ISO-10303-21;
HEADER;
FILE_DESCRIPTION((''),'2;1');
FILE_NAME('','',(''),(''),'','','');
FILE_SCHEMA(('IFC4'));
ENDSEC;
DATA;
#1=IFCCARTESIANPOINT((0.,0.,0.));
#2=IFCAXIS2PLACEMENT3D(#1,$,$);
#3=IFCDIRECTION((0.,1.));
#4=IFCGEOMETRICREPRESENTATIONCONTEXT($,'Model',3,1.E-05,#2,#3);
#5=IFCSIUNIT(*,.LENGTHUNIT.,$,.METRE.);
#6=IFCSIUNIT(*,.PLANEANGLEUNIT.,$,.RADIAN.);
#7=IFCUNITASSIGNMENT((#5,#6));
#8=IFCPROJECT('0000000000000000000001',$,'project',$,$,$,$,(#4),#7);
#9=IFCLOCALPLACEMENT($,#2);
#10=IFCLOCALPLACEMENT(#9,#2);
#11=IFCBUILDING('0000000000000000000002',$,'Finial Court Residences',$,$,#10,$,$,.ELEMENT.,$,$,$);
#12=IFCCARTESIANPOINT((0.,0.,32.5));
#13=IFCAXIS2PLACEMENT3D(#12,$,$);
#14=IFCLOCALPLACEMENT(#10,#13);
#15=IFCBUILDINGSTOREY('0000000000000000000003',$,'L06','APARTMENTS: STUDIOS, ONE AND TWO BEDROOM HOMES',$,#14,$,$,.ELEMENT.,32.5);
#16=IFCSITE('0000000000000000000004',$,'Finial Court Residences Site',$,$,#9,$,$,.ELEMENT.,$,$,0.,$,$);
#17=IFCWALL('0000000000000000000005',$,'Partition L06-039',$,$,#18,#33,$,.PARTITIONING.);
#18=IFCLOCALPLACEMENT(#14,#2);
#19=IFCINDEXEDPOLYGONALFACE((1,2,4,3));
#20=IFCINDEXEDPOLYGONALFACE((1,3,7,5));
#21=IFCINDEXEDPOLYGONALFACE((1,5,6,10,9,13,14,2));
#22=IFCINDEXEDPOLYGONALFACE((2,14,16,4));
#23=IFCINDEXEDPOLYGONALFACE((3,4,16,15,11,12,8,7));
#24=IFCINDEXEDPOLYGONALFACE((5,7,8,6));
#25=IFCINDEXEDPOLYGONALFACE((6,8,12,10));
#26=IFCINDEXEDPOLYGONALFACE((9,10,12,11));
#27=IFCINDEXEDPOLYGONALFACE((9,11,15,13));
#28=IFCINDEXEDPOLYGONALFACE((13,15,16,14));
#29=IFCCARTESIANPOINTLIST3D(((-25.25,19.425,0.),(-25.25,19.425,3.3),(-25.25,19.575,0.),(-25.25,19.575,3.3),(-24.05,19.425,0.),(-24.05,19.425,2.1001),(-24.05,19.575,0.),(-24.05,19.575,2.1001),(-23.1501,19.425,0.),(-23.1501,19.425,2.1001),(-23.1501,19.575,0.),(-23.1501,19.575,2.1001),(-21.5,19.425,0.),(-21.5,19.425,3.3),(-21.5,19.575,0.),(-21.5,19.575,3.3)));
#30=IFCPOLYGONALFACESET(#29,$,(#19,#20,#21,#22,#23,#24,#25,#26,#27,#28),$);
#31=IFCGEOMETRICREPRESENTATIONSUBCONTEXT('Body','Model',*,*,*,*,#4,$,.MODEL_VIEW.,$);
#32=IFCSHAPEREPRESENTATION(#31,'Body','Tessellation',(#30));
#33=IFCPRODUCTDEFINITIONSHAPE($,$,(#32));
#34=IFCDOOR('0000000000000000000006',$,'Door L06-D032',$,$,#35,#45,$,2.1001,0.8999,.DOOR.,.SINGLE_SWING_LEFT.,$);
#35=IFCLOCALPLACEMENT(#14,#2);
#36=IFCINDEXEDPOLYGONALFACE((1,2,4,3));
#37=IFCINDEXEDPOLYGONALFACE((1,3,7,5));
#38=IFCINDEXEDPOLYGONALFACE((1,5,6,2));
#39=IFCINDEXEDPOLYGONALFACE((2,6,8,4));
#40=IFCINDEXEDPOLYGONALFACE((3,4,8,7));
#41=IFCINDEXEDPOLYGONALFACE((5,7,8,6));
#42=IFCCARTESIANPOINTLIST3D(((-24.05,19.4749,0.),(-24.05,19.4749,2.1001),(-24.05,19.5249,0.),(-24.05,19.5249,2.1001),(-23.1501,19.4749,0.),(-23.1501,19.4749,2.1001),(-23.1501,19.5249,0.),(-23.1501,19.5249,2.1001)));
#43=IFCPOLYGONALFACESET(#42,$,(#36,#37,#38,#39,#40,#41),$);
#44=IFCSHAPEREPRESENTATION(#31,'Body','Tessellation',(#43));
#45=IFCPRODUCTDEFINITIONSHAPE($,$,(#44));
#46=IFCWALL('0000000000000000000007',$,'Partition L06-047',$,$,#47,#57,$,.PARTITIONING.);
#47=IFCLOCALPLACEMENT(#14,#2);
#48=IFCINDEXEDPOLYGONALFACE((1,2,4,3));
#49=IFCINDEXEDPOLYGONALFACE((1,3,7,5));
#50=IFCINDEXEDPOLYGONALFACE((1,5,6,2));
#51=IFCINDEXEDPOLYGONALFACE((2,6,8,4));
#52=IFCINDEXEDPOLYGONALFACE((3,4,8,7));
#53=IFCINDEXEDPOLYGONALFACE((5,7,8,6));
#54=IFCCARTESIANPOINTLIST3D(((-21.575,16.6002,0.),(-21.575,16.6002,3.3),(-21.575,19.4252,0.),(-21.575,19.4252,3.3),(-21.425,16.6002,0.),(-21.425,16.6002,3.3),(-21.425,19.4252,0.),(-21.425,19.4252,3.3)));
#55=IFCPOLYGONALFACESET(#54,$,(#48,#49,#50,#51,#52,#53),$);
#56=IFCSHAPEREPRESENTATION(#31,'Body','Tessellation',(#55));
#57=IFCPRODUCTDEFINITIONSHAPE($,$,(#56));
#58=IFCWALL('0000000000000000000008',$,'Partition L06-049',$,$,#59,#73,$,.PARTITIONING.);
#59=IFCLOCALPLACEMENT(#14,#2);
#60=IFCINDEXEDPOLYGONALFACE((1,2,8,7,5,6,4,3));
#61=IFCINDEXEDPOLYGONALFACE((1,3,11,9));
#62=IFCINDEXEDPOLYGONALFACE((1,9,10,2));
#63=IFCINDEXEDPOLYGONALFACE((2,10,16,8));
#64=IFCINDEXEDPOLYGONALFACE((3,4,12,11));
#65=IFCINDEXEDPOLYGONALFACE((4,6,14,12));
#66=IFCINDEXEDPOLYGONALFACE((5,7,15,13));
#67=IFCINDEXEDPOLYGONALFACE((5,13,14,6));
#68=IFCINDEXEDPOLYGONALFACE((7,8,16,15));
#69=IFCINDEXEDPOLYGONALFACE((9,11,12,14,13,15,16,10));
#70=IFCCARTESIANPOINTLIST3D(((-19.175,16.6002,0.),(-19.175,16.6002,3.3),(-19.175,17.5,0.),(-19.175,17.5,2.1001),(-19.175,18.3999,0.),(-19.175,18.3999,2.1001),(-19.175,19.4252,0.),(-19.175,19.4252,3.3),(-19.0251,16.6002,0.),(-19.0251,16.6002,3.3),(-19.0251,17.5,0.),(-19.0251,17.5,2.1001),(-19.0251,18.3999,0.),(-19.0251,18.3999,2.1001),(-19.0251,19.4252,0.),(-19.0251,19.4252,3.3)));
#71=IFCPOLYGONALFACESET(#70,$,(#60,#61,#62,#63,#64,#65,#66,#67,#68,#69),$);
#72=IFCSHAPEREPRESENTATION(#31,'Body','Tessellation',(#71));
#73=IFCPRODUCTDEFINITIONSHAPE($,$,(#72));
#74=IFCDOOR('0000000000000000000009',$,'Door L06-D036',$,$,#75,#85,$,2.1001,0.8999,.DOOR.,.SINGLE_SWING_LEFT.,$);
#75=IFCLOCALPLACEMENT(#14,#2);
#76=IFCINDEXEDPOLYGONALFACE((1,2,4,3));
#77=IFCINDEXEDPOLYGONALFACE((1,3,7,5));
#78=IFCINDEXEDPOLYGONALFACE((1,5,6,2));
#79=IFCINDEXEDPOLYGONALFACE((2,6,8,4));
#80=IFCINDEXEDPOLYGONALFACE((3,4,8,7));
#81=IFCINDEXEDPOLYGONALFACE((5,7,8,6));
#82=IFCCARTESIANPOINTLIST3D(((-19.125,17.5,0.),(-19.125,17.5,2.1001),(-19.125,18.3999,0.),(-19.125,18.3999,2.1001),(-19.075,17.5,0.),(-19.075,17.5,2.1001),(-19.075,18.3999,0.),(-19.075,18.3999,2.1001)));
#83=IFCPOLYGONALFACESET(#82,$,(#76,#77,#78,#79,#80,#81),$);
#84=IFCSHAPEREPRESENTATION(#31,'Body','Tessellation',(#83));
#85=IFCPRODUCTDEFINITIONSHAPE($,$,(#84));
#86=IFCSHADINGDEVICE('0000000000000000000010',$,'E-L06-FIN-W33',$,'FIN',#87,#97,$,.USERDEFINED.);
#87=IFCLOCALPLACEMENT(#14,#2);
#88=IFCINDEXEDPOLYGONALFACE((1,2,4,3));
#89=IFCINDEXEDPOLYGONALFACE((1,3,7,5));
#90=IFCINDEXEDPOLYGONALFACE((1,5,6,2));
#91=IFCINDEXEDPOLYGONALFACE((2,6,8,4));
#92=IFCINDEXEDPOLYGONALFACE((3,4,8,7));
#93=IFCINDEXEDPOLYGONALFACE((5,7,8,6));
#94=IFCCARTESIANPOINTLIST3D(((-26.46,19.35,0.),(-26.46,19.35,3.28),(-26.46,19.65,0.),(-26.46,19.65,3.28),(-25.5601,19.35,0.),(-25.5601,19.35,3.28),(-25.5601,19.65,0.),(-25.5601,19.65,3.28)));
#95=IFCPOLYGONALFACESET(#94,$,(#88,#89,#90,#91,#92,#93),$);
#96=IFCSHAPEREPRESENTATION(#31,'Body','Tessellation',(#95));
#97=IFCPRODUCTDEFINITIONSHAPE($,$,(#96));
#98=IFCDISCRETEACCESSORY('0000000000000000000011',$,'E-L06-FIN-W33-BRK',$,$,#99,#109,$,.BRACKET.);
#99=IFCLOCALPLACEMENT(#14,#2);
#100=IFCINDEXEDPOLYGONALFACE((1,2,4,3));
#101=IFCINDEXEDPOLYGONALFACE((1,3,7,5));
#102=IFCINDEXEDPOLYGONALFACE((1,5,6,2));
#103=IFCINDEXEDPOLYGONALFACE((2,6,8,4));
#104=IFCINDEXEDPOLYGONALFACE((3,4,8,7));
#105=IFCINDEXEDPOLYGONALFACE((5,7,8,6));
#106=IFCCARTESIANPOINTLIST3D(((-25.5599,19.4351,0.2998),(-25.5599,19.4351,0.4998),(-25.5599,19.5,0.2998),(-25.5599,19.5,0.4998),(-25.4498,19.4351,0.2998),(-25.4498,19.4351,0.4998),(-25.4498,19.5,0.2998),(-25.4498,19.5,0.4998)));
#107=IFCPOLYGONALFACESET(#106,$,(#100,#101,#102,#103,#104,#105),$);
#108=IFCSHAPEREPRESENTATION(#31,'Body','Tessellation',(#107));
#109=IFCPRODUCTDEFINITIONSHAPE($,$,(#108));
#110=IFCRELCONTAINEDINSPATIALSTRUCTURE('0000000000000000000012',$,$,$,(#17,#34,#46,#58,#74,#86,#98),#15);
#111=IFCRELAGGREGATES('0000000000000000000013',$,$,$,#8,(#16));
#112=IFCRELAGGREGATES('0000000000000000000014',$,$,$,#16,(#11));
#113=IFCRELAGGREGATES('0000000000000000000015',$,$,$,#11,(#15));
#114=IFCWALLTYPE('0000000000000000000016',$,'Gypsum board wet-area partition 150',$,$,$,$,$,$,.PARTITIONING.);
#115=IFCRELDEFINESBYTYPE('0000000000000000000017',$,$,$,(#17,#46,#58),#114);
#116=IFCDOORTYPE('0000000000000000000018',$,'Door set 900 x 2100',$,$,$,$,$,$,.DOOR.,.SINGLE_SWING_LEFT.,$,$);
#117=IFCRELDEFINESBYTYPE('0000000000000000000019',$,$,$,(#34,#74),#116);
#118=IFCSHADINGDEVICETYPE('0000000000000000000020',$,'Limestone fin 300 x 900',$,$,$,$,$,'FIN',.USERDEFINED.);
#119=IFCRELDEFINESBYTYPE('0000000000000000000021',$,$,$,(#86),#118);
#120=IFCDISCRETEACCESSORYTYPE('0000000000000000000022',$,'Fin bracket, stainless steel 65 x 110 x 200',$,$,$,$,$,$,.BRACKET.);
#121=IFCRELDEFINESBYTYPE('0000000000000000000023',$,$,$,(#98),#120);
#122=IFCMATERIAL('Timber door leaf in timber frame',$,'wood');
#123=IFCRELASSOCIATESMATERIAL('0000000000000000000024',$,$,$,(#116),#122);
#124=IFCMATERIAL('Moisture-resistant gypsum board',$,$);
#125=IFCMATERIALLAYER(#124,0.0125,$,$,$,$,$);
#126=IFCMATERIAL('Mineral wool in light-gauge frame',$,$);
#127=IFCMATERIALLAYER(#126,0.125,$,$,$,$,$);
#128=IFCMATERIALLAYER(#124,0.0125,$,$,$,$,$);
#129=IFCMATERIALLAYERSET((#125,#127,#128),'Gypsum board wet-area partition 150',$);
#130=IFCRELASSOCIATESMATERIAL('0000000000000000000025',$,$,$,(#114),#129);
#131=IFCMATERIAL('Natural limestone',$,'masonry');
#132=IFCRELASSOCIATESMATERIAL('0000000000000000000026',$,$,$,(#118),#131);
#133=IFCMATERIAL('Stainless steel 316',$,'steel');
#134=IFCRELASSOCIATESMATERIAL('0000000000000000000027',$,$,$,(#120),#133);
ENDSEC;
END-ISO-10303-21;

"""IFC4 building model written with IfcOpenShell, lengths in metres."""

from ifc_helpers import new_model, si_unit, direction, frame, frame_2d, origin, origin_2d, place, context, subcontext, project, spatial, rectangle, extrude, material, layer, layer_set, type_object, element, fill, save


model = new_model("IFC4")

# Units and contexts
model_context = context("Model", 3, precision=1e-05, world=origin(), true_north=direction((0.0, 1.0)))
body_context = subcontext(model_context, "Body", "Model", "MODEL_VIEW")
ifc_project = project(units=[si_unit("LENGTHUNIT", "METRE"), si_unit("PLANEANGLEUNIT", "RADIAN")], contexts=[model_context])

# Site, building, storey
site_placement = place(None, origin())
site = spatial("IfcSite", under=ifc_project, at=site_placement, Name="Finial Court Residences Site", CompositionType="ELEMENT", RefElevation=0.0)
building_placement = place(site_placement, origin())
building = spatial("IfcBuilding", under=site, at=building_placement, Name="Finial Court Residences", CompositionType="ELEMENT")
storey_placement = place(building_placement, frame((0.0, 0.0, 32.5)))
storey = spatial("IfcBuildingStorey", under=building, at=storey_placement, Name="L06", Description="APARTMENTS: STUDIOS, ONE AND TWO BEDROOM HOMES", CompositionType="ELEMENT", Elevation=32.5)

# Wall, opening, door
ifc_material_1 = material(Name="Mineral wool in light-gauge frame")
ifc_material_2 = material(Name="Timber door leaf in timber frame", Category="wood")
door_type_1 = type_object("IfcDoorType", Name="Door set 900 x 2100", OperationType="SINGLE_SWING_LEFT", PredefinedType="DOOR", material=ifc_material_2)
ifc_material_3 = material(Name="Moisture-resistant gypsum board")
ifc_layer_1 = layer(ifc_material_3, 0.0125)
ifc_layer_2 = layer(ifc_material_1, 0.125)
ifc_layer_3 = layer(ifc_material_3, 0.0125)
ifc_layer_set_1 = layer_set([ifc_layer_1, ifc_layer_2, ifc_layer_3], Name="Gypsum board wet-area partition 150")
wall_type_1 = type_object("IfcWallType", Name="Gypsum board wet-area partition 150", PredefinedType="PARTITIONING", material=ifc_layer_set_1)
wall_1_placement = place(storey_placement, frame((-25.25, 19.5, 0.0), z_axis=(0.0, 0.0, 1.0), x_axis=(1.0, 0.0, 0.0)))
wall_1 = element("IfcWall", 1, at=wall_1_placement, inside=storey, type_object=wall_type_1, Name="Partition L06-039", PredefinedType="PARTITIONING", context=body_context, shape_type="SweptSolid", body=[
    extrude(rectangle(XDim=3.75, YDim=0.1499, at=frame_2d((1.875, 0.0))), origin(), (0.0, 0.0, 1.0), 3.3),
])
opening_1_placement = place(wall_1_placement, frame((1.2, 0.0, 0.0)))
opening_1 = element("IfcOpeningElement", 2, at=opening_1_placement, cuts=wall_1, PredefinedType="OPENING", context=body_context, shape_type="SweptSolid", body=[
    extrude(rectangle(XDim=0.8999, YDim=2.1001, at=frame_2d((0.45, 1.05))), frame((0.0, 0.085, 0.0), z_axis=(0.0, -1.0, 0.0), x_axis=(1.0, 0.0, 0.0)), (0.0, 0.0, 1.0), 0.1699),
])
door_1_placement = place(opening_1_placement, origin())
door_1 = element("IfcDoor", 3, at=door_1_placement, inside=storey, type_object=door_type_1, Name="Door L06-D032", OperationType="SINGLE_SWING_LEFT", OverallHeight=2.1001, OverallWidth=0.8999, PredefinedType="DOOR", context=body_context, shape_type="SweptSolid", body=[
    extrude(rectangle(XDim=0.8999, YDim=2.1001, at=frame_2d((0.45, 1.05))), frame((0.0, 0.0249, 0.0), z_axis=(0.0, -1.0, 0.0), x_axis=(1.0, 0.0, 0.0)), (0.0, 0.0, 1.0), 0.05),
])
fill(opening_1, door_1)

# Wall
wall_2_placement = place(storey_placement, frame((-21.5, 16.6001, 0.0), z_axis=(0.0, 0.0, 1.0), x_axis=(0.0, 1.0, 0.0)))
element("IfcWall", 4, at=wall_2_placement, inside=storey, type_object=wall_type_1, Name="Partition L06-047", PredefinedType="PARTITIONING", context=body_context, shape_type="SweptSolid", body=[
    extrude(rectangle(XDim=2.825, YDim=0.1499, at=frame_2d((1.4126, 0.0))), origin(), (0.0, 0.0, 1.0), 3.3),
])

# Wall, opening, door
wall_3_placement = place(storey_placement, frame((-19.1001, 16.6001, 0.0), z_axis=(0.0, 0.0, 1.0), x_axis=(0.0, 1.0, 0.0)))
wall_3 = element("IfcWall", 5, at=wall_3_placement, inside=storey, type_object=wall_type_1, Name="Partition L06-049", PredefinedType="PARTITIONING", context=body_context, shape_type="SweptSolid", body=[
    extrude(rectangle(XDim=2.825, YDim=0.1499, at=frame_2d((1.4126, 0.0))), origin(), (0.0, 0.0, 1.0), 3.3),
])
opening_2_placement = place(wall_3_placement, frame((0.8999, 0.0, 0.0)))
opening_2 = element("IfcOpeningElement", 6, at=opening_2_placement, cuts=wall_3, PredefinedType="OPENING", context=body_context, shape_type="SweptSolid", body=[
    extrude(rectangle(XDim=0.8999, YDim=2.1001, at=frame_2d((0.45, 1.05))), frame((0.0, 0.085, 0.0), z_axis=(0.0, -1.0, 0.0), x_axis=(1.0, 0.0, 0.0)), (0.0, 0.0, 1.0), 0.1699),
])
door_2_placement = place(opening_2_placement, origin())
door_2 = element("IfcDoor", 7, at=door_2_placement, inside=storey, type_object=door_type_1, Name="Door L06-D036", OperationType="SINGLE_SWING_LEFT", OverallHeight=2.1001, OverallWidth=0.8999, PredefinedType="DOOR", context=body_context, shape_type="SweptSolid", body=[
    extrude(rectangle(XDim=0.8999, YDim=2.1001, at=frame_2d((0.45, 1.05))), frame((0.0, 0.0249, 0.0), z_axis=(0.0, -1.0, 0.0), x_axis=(1.0, 0.0, 0.0)), (0.0, 0.0, 1.0), 0.05),
])
fill(opening_2, door_2)

# Shared definitions
ifc_material_4 = material(Name="Natural limestone", Category="masonry")

# Shading device
shading_device_type = type_object("IfcShadingDeviceType", Name="Limestone fin 300 x 900", ElementType="FIN", PredefinedType="USERDEFINED", material=ifc_material_4)
shading_device_placement = place(storey_placement, frame((-26.01, 19.5, 0.0), z_axis=(0.0, 0.0, 1.0), x_axis=(1.0, 0.0, 0.0)))
element("IfcShadingDevice", 8, at=shading_device_placement, inside=storey, type_object=shading_device_type, Name="E-L06-FIN-W33", ObjectType="FIN", PredefinedType="USERDEFINED", context=body_context, shape_type="SweptSolid", body=[
    extrude(rectangle(XDim=0.8999, YDim=0.3, at=origin_2d()), origin(), (0.0, 0.0, 1.0), 3.28),
])

# Discrete accessory
ifc_material_5 = material(Name="Stainless steel 316", Category="steel")
discrete_accessory_type = type_object("IfcDiscreteAccessoryType", Name="Fin bracket, stainless steel 65 x 110 x 200", PredefinedType="BRACKET", material=ifc_material_5)
discrete_accessory_placement = place(storey_placement, frame((-25.5049, 19.4675, 0.2998), z_axis=(0.0, 0.0, 1.0), x_axis=(1.0, 0.0, 0.0)))
element("IfcDiscreteAccessory", 9, at=discrete_accessory_placement, inside=storey, type_object=discrete_accessory_type, Name="E-L06-FIN-W33-BRK", PredefinedType="BRACKET", context=body_context, shape_type="SweptSolid", body=[
    extrude(rectangle(XDim=0.1101, YDim=0.0649, at=origin_2d()), origin(), (0.0, 0.0, 1.0), 0.2),
])

save(model, "model.ifc")
